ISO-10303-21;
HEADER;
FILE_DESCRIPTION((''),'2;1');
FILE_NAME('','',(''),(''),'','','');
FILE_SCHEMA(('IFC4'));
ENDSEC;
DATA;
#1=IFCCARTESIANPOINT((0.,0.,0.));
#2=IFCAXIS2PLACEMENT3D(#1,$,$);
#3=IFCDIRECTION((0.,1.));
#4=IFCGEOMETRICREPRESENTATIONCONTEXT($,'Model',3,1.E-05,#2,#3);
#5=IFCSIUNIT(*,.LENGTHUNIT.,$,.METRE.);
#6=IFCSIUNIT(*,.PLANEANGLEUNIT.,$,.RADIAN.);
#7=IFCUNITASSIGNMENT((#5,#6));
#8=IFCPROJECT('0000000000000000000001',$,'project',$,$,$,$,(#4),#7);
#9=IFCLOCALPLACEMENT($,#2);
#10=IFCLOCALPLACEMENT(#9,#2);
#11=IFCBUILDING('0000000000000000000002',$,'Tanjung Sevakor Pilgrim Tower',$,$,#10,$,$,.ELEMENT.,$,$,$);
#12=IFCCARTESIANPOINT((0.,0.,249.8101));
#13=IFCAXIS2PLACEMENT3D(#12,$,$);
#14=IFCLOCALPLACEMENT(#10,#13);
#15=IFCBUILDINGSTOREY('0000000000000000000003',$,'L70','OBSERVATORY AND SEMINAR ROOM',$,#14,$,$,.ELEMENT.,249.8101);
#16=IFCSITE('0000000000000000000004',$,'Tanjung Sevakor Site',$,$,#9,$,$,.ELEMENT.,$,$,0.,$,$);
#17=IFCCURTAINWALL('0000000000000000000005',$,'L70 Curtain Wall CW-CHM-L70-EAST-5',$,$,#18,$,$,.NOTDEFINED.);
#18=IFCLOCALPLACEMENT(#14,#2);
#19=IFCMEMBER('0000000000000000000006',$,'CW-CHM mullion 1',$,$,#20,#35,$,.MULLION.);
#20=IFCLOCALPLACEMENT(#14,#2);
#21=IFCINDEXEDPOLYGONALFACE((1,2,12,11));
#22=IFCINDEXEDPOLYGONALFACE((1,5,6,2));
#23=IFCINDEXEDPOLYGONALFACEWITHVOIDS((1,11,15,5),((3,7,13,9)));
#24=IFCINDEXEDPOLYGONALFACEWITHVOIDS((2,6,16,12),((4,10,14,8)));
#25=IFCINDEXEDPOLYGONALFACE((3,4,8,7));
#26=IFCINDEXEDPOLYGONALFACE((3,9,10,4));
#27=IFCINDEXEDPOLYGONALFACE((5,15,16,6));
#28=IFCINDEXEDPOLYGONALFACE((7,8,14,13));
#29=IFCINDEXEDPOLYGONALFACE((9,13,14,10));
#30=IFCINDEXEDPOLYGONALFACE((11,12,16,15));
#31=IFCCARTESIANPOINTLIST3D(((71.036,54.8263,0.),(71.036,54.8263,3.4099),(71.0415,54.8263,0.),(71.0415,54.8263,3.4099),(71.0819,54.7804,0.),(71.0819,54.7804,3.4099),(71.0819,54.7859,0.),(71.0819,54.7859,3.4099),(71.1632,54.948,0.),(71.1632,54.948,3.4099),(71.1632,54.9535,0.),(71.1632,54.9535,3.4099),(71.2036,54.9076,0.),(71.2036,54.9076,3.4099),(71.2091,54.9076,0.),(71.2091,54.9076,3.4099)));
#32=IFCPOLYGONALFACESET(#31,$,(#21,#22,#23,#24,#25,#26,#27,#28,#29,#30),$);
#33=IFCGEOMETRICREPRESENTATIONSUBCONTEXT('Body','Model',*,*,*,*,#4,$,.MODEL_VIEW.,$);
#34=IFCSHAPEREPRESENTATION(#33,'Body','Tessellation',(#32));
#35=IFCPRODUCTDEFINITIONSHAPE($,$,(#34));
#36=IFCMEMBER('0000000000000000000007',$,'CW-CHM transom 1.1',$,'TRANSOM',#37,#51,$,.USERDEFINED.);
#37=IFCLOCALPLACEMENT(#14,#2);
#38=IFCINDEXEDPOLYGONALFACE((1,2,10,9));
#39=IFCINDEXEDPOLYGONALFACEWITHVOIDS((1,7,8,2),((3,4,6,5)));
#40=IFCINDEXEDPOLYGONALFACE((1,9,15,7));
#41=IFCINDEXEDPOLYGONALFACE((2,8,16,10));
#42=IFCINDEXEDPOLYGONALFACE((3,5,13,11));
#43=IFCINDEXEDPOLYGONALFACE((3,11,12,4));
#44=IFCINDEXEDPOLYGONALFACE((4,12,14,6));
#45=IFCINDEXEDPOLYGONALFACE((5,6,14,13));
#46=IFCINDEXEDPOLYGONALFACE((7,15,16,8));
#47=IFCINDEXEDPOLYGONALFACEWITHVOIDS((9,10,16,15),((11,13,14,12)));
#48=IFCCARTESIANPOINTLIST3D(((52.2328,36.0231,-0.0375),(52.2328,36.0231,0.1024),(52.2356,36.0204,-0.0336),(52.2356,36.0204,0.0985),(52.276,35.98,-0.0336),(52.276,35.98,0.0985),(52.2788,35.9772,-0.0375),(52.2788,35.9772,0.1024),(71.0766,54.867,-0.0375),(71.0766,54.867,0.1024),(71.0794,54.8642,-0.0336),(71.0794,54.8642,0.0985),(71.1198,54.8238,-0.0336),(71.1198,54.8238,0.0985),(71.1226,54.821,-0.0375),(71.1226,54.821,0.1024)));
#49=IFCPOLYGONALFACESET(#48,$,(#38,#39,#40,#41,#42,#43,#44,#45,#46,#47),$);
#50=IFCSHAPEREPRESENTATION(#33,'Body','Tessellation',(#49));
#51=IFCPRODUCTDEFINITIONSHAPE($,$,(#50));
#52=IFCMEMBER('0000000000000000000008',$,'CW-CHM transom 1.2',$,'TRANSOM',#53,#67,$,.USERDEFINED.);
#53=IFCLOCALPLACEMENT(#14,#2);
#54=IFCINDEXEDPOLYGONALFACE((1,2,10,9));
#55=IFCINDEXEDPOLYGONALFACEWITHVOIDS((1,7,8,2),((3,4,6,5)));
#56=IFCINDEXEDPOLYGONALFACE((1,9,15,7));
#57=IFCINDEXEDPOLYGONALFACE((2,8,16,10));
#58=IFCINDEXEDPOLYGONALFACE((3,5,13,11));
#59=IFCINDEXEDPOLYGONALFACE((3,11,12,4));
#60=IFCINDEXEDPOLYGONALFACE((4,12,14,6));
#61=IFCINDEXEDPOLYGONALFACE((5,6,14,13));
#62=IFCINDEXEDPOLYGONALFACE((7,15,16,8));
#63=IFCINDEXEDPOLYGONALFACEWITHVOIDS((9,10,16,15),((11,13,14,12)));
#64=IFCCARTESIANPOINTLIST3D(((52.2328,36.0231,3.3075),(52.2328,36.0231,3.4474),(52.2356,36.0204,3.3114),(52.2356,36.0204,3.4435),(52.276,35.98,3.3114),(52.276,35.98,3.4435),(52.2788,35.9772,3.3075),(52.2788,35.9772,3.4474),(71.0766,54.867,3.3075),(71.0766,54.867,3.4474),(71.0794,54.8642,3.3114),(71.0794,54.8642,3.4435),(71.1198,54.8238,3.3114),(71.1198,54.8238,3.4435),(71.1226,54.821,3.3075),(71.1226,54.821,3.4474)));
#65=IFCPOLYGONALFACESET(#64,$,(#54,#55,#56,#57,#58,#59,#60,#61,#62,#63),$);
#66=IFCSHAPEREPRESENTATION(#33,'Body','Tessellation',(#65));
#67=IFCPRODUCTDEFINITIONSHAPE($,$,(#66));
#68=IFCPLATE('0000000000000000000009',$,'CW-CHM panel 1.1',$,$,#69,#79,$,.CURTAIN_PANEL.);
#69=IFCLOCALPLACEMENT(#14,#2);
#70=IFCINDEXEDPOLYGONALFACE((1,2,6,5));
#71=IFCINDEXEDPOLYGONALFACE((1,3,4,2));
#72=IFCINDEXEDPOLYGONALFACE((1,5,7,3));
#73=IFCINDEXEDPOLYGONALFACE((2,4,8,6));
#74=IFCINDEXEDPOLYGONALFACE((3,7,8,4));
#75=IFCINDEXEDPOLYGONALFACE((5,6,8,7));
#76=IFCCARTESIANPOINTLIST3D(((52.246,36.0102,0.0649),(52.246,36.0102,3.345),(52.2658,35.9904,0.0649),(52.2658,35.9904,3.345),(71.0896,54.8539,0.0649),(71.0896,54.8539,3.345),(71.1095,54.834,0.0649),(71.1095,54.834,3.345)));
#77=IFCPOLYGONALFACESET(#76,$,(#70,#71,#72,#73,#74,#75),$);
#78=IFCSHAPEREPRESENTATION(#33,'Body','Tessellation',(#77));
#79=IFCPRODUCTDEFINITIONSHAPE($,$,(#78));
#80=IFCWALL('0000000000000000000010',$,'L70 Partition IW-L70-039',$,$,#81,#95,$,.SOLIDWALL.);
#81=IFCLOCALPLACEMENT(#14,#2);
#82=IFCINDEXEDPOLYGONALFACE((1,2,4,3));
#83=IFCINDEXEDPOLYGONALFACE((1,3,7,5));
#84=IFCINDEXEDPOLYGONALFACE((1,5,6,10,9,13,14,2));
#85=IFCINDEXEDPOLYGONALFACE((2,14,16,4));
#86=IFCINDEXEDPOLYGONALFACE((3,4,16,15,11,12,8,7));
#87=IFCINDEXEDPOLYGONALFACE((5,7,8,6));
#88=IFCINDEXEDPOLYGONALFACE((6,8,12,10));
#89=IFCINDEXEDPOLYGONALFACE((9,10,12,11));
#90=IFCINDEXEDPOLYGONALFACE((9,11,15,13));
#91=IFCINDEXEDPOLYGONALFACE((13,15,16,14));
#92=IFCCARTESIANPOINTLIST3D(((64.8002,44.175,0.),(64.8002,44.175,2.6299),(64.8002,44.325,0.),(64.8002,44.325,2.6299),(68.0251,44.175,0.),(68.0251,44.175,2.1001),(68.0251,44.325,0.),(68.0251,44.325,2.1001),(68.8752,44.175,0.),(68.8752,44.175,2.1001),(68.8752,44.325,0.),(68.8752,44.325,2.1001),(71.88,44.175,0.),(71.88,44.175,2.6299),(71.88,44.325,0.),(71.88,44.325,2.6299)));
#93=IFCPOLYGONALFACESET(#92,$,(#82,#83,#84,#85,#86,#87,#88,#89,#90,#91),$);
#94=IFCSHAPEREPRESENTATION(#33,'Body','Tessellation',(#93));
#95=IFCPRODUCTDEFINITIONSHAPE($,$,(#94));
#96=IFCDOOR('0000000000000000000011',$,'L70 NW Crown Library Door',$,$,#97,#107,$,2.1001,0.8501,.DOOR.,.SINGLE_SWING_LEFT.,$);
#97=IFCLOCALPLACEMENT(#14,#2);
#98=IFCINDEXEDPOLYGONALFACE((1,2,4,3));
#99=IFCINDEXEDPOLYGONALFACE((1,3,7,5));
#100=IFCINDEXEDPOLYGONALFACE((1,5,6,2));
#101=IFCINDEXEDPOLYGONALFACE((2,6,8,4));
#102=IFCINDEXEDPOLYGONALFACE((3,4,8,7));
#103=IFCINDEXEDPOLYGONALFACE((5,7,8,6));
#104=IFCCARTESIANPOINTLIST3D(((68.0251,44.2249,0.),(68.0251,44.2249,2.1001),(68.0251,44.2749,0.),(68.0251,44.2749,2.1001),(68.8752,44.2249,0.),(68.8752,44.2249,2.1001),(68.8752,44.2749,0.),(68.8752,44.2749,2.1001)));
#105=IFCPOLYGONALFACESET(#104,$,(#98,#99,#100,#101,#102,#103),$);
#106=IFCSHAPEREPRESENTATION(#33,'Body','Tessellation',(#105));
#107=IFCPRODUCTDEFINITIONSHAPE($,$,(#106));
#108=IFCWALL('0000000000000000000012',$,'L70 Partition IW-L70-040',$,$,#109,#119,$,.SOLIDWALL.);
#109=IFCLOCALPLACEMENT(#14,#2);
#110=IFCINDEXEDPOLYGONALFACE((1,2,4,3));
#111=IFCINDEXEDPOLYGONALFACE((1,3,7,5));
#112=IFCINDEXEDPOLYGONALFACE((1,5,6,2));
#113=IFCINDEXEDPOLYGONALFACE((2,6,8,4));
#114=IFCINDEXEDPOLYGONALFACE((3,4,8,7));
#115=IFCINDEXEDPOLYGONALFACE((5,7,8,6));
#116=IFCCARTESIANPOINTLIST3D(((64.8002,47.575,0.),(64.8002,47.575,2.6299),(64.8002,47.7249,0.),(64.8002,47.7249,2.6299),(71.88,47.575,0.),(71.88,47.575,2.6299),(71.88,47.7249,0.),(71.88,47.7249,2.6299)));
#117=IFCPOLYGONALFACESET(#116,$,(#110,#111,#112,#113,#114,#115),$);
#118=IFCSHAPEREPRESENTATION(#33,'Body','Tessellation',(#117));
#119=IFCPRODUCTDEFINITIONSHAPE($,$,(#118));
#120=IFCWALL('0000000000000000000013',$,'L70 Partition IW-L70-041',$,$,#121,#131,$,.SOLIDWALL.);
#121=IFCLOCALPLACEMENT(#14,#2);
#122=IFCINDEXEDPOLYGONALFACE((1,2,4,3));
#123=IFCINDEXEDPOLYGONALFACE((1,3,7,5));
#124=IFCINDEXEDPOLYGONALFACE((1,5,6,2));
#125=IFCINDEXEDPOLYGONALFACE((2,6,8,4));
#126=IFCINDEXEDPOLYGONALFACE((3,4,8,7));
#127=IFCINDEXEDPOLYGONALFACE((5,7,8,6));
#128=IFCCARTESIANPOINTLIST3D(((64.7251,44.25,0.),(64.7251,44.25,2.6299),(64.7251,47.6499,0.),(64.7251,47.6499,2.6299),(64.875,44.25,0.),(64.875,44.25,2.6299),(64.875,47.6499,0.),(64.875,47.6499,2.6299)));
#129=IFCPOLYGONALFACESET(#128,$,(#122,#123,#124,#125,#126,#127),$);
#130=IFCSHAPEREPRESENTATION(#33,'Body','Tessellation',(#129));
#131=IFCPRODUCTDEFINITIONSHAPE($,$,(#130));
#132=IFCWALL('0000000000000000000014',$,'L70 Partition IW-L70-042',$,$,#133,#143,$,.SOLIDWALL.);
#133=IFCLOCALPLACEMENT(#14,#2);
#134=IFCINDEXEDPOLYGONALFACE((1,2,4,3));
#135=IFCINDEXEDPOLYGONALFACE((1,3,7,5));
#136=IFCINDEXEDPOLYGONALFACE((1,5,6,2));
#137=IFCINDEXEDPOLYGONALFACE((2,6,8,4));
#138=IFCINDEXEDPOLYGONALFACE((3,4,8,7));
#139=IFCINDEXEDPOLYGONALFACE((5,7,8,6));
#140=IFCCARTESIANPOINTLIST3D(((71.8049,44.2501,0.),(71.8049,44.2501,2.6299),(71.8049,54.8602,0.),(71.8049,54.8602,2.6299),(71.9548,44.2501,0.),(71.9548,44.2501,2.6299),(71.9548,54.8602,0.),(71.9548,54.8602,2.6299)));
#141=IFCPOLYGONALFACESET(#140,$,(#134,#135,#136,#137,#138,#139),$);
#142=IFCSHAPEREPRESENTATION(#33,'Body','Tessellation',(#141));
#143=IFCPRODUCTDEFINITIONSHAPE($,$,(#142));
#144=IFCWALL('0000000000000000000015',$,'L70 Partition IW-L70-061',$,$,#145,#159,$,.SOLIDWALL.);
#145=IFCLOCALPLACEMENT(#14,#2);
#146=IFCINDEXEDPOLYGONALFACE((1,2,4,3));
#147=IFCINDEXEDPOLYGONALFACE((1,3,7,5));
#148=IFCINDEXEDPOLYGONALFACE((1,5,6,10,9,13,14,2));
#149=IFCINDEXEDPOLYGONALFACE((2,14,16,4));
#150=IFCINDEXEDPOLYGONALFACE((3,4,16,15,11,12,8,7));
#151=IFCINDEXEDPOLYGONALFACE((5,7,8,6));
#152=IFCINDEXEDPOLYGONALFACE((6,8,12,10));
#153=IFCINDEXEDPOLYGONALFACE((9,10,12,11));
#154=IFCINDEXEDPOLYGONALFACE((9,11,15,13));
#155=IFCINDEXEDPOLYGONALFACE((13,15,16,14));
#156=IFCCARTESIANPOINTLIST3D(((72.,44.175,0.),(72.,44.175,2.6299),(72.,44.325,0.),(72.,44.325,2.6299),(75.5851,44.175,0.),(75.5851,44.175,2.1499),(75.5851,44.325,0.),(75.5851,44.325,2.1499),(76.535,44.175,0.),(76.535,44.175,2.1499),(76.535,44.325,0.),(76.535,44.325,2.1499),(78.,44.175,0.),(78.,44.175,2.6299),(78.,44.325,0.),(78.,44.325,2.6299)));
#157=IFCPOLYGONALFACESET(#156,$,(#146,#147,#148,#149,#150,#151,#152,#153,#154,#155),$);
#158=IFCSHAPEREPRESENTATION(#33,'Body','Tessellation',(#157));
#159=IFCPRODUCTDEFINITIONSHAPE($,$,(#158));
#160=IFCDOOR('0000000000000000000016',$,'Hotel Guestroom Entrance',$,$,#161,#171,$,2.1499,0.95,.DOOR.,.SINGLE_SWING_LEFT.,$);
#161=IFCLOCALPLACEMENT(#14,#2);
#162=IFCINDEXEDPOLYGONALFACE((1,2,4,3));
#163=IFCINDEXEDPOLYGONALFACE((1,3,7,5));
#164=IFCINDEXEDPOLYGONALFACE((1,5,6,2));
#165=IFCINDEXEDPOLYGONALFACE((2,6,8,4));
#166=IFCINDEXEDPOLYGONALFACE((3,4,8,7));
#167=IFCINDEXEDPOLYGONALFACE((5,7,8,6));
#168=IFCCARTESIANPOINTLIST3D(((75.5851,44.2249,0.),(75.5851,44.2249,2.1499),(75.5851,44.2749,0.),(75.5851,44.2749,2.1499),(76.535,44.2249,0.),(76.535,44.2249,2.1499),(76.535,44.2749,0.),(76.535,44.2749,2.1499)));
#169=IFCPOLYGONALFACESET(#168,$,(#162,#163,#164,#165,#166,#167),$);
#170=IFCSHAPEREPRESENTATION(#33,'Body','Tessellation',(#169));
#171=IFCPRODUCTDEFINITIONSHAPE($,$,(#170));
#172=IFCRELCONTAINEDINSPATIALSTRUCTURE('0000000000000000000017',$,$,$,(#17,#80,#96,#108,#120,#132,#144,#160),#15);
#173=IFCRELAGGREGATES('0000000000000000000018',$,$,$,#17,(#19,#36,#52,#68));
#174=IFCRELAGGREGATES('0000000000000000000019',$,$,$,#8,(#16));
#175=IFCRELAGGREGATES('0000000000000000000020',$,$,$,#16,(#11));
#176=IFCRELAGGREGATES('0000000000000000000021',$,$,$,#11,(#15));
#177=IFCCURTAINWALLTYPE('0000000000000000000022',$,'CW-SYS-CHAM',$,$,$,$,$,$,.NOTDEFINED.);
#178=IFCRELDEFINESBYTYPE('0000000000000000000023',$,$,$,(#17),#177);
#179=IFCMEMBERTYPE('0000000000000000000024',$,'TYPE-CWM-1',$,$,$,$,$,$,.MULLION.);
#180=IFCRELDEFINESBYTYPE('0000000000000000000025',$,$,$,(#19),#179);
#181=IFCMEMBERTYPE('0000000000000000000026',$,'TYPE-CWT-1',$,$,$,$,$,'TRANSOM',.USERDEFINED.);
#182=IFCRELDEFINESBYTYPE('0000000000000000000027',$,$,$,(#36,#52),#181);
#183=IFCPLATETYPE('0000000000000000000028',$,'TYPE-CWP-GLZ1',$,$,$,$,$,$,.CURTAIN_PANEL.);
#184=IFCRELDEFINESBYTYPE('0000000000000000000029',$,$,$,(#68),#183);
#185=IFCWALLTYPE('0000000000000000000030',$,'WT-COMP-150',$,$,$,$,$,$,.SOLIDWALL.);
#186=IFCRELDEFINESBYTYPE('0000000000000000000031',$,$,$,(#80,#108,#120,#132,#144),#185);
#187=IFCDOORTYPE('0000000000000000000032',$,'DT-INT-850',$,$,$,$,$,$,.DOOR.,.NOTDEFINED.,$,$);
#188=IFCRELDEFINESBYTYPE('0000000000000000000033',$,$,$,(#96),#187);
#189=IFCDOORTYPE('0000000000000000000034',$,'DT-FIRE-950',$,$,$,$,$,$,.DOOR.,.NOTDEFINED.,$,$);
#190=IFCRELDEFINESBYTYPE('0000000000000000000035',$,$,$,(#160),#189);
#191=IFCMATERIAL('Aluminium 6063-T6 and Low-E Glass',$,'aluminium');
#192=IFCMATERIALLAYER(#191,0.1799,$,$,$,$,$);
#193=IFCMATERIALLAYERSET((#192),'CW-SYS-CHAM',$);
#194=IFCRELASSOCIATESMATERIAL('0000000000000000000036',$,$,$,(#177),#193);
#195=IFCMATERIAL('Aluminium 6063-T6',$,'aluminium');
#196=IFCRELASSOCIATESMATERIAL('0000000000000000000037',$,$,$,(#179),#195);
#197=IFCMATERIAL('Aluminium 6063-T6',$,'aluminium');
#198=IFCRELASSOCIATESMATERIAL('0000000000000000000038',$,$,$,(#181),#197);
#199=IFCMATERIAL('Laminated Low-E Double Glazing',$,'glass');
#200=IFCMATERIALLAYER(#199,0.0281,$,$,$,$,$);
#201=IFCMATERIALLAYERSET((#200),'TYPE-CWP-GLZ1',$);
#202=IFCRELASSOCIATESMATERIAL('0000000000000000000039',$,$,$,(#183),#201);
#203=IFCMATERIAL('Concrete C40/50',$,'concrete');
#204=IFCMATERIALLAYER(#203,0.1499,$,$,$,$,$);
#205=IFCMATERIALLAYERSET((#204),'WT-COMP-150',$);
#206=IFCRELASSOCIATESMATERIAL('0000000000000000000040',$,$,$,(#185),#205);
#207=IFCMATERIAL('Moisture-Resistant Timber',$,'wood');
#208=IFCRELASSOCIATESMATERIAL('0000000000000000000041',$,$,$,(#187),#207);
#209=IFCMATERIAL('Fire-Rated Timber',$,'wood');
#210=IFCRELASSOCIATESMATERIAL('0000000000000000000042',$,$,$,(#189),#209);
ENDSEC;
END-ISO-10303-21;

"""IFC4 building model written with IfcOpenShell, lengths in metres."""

from ifc_helpers import new_model, si_unit, direction, frame, frame_2d, origin, origin_2d, place, context, subcontext, project, spatial, rectangle, hollow_rectangle, extrude, material, layer, layer_set, material_profile, profile_set, type_object, element, fill, aggregate, save


model = new_model("IFC4")

# Units and contexts
model_context = context("Model", 3, precision=1e-05, world=origin(), true_north=direction((0.0, 1.0)))
body_context = subcontext(model_context, "Body", "Model", "MODEL_VIEW")
ifc_project = project(units=[si_unit("LENGTHUNIT", "METRE"), si_unit("PLANEANGLEUNIT", "RADIAN")], contexts=[model_context])

# Site, building, storey
site_placement = place(None, origin())
site = spatial("IfcSite", under=ifc_project, at=site_placement, Name="Tanjung Sevakor Site", CompositionType="ELEMENT", RefElevation=0.0)
building_placement = place(site_placement, origin())
building = spatial("IfcBuilding", under=site, at=building_placement, Name="Tanjung Sevakor Pilgrim Tower", CompositionType="ELEMENT")
storey_placement = place(building_placement, frame((0.0, 0.0, 249.8101)))
storey = spatial("IfcBuildingStorey", under=building, at=storey_placement, Name="L70", Description="OBSERVATORY AND SEMINAR ROOM", CompositionType="ELEMENT", Elevation=249.8101)

# Curtain wall, members, plate
ifc_material_1 = material(Name="Aluminium 6063-T6 and Low-E Glass", Category="aluminium")
ifc_layer_1 = layer(ifc_material_1, 0.1799)
ifc_layer_set_1 = layer_set([ifc_layer_1], Name="CW-SYS-CHAM")
curtain_wall_type = type_object("IfcCurtainWallType", Name="CW-SYS-CHAM", PredefinedType="NOTDEFINED", material=ifc_layer_set_1)
curtain_wall_placement = place(storey_placement, origin())
curtain_wall = element("IfcCurtainWall", 1, at=curtain_wall_placement, inside=storey, type_object=curtain_wall_type, Name="L70 Curtain Wall CW-CHM-L70-EAST-5", PredefinedType="NOTDEFINED")
ifc_material_2 = material(Name="Aluminium 6063-T6", Category="aluminium")
ifc_material_profile_1 = material_profile(ifc_material_2, hollow_rectangle(XDim=0.0649, YDim=0.1799, WallThickness=0.0039, at=origin_2d()))
ifc_profile_set_1 = profile_set([ifc_material_profile_1], Name="Aluminium 6063-T6")
member_type_1 = type_object("IfcMemberType", Name="TYPE-CWM-1", PredefinedType="MULLION", material=ifc_profile_set_1)
member_1_placement = place(storey_placement, frame((71.1226, 54.8669, 0.0), z_axis=(0.0, 0.0, 1.0), x_axis=(0.707107, -0.707107, 0.0)))
member_1 = element("IfcMember", 2, at=member_1_placement, type_object=member_type_1, Name="CW-CHM mullion 1", PredefinedType="MULLION", context=body_context, shape_type="SweptSolid", body=[
    extrude(hollow_rectangle(XDim=0.0649, YDim=0.1799, WallThickness=0.0039, at=origin_2d()), origin(), (0.0, 0.0, 1.0), 3.4099),
])
ifc_material_3 = material(Name="Aluminium 6063-T6", Category="aluminium")
ifc_material_profile_2 = material_profile(ifc_material_3, hollow_rectangle(XDim=0.0649, YDim=0.1399, WallThickness=0.0039, at=origin_2d()))
ifc_profile_set_2 = profile_set([ifc_material_profile_2], Name="Aluminium 6063-T6")
member_type_2 = type_object("IfcMemberType", Name="TYPE-CWT-1", ElementType="TRANSOM", PredefinedType="USERDEFINED", material=ifc_profile_set_2)
member_2_placement = place(storey_placement, frame((71.0996, 54.844, 0.0325), z_axis=(-0.707107, -0.707107, 0.0), x_axis=(0.707107, -0.707107, 0.0)))
member_2 = element("IfcMember", 3, at=member_2_placement, type_object=member_type_2, Name="CW-CHM transom 1.1", ObjectType="TRANSOM", PredefinedType="USERDEFINED", context=body_context, shape_type="SweptSolid", body=[
    extrude(hollow_rectangle(XDim=0.0649, YDim=0.1399, WallThickness=0.0039, at=origin_2d()), origin(), (0.0, 0.0, 1.0), 26.6492),
])
member_3_placement = place(storey_placement, frame((71.0996, 54.844, 3.3774), z_axis=(-0.707107, -0.707107, 0.0), x_axis=(0.707107, -0.707107, 0.0)))
member_3 = element("IfcMember", 4, at=member_3_placement, type_object=member_type_2, Name="CW-CHM transom 1.2", ObjectType="TRANSOM", PredefinedType="USERDEFINED", context=body_context, shape_type="SweptSolid", body=[
    extrude(hollow_rectangle(XDim=0.0649, YDim=0.1399, WallThickness=0.0039, at=origin_2d()), origin(), (0.0, 0.0, 1.0), 26.6492),
])
ifc_material_4 = material(Name="Laminated Low-E Double Glazing", Category="glass")
ifc_layer_2 = layer(ifc_material_4, 0.0281)
ifc_layer_set_2 = layer_set([ifc_layer_2], Name="TYPE-CWP-GLZ1")
plate_type = type_object("IfcPlateType", Name="TYPE-CWP-GLZ1", PredefinedType="CURTAIN_PANEL", material=ifc_layer_set_2)
plate_placement = place(storey_placement, frame((61.6777, 45.4221, 0.0649), z_axis=(0.0, 0.0, 1.0), x_axis=(-0.707107, -0.707107, 0.0)))
plate = element("IfcPlate", 5, at=plate_placement, type_object=plate_type, Name="CW-CHM panel 1.1", PredefinedType="CURTAIN_PANEL", context=body_context, shape_type="SweptSolid", body=[
    extrude(rectangle(XDim=26.6489, YDim=0.0281, at=origin_2d()), origin(), (0.0, 0.0, 1.0), 3.28),
])
aggregate(curtain_wall, [member_1, member_2, member_3, plate])

# Wall, opening, door
ifc_material_5 = material(Name="Concrete C40/50", Category="concrete")
ifc_layer_3 = layer(ifc_material_5, 0.1499)
ifc_layer_set_3 = layer_set([ifc_layer_3], Name="WT-COMP-150")
wall_type_1 = type_object("IfcWallType", Name="WT-COMP-150", PredefinedType="SOLIDWALL", material=ifc_layer_set_3)
wall_1_placement = place(storey_placement, frame((64.8, 44.25, 0.0), z_axis=(0.0, 0.0, 1.0), x_axis=(1.0, 0.0, 0.0)))
wall_1 = element("IfcWall", 6, at=wall_1_placement, inside=storey, type_object=wall_type_1, Name="L70 Partition IW-L70-039", PredefinedType="SOLIDWALL", context=body_context, shape_type="SweptSolid", body=[
    extrude(rectangle(XDim=7.0798, YDim=0.1499, at=frame_2d((3.54, 0.0))), origin(), (0.0, 0.0, 1.0), 2.6299),
])
opening_1_placement = place(wall_1_placement, frame((3.2251, 0.0, 0.0)))
opening_1 = element("IfcOpeningElement", 7, at=opening_1_placement, cuts=wall_1, PredefinedType="OPENING", context=body_context, shape_type="SweptSolid", body=[
    extrude(rectangle(XDim=0.8501, YDim=2.1001, at=frame_2d((0.425, 1.05))), frame((0.0, 0.085, 0.0), z_axis=(0.0, -1.0, 0.0), x_axis=(1.0, 0.0, 0.0)), (0.0, 0.0, 1.0), 0.1699),
])
ifc_material_6 = material(Name="Moisture-Resistant Timber", Category="wood")
door_type_1 = type_object("IfcDoorType", Name="DT-INT-850", OperationType="NOTDEFINED", PredefinedType="DOOR", material=ifc_material_6)
door_1_placement = place(opening_1_placement, origin())
door_1 = element("IfcDoor", 8, at=door_1_placement, inside=storey, type_object=door_type_1, Name="L70 NW Crown Library Door", OperationType="SINGLE_SWING_LEFT", OverallHeight=2.1001, OverallWidth=0.8501, PredefinedType="DOOR", context=body_context, shape_type="SweptSolid", body=[
    extrude(rectangle(XDim=0.8501, YDim=2.1001, at=frame_2d((0.425, 1.05))), frame((0.0, 0.0249, 0.0), z_axis=(0.0, -1.0, 0.0), x_axis=(1.0, 0.0, 0.0)), (0.0, 0.0, 1.0), 0.05),
])
fill(opening_1, door_1)

# Walls
wall_2_placement = place(storey_placement, frame((64.8, 47.6499, 0.0), z_axis=(0.0, 0.0, 1.0), x_axis=(1.0, 0.0, 0.0)))
element("IfcWall", 9, at=wall_2_placement, inside=storey, type_object=wall_type_1, Name="L70 Partition IW-L70-040", PredefinedType="SOLIDWALL", context=body_context, shape_type="SweptSolid", body=[
    extrude(rectangle(XDim=7.0798, YDim=0.1499, at=frame_2d((3.54, 0.0))), origin(), (0.0, 0.0, 1.0), 2.6299),
])
wall_3_placement = place(storey_placement, frame((64.8, 44.25, 0.0), z_axis=(0.0, 0.0, 1.0), x_axis=(0.0, 1.0, 0.0)))
element("IfcWall", 10, at=wall_3_placement, inside=storey, type_object=wall_type_1, Name="L70 Partition IW-L70-041", PredefinedType="SOLIDWALL", context=body_context, shape_type="SweptSolid", body=[
    extrude(rectangle(XDim=3.3999, YDim=0.1499, at=frame_2d((1.7, 0.0))), origin(), (0.0, 0.0, 1.0), 2.6299),
])
wall_4_placement = place(storey_placement, frame((71.8799, 44.25, 0.0), z_axis=(0.0, 0.0, 1.0), x_axis=(0.0, 1.0, 0.0)))
element("IfcWall", 11, at=wall_4_placement, inside=storey, type_object=wall_type_1, Name="L70 Partition IW-L70-042", PredefinedType="SOLIDWALL", context=body_context, shape_type="SweptSolid", body=[
    extrude(rectangle(XDim=10.6101, YDim=0.1499, at=frame_2d((5.3052, 0.0))), origin(), (0.0, 0.0, 1.0), 2.6299),
])

# Wall, opening, door
wall_5_placement = place(storey_placement, frame((72.0, 44.25, 0.0), z_axis=(0.0, 0.0, 1.0), x_axis=(1.0, 0.0, 0.0)))
wall_5 = element("IfcWall", 12, at=wall_5_placement, inside=storey, type_object=wall_type_1, Name="L70 Partition IW-L70-061", PredefinedType="SOLIDWALL", context=body_context, shape_type="SweptSolid", body=[
    extrude(rectangle(XDim=6.0, YDim=0.1499, at=frame_2d((3.0, 0.0))), origin(), (0.0, 0.0, 1.0), 2.6299),
])
opening_2_placement = place(wall_5_placement, frame((3.585, 0.0, 0.0)))
opening_2 = element("IfcOpeningElement", 13, at=opening_2_placement, cuts=wall_5, PredefinedType="OPENING", context=body_context, shape_type="SweptSolid", body=[
    extrude(rectangle(XDim=0.95, YDim=2.1499, at=frame_2d((0.4751, 1.075))), frame((0.0, 0.085, 0.0), z_axis=(0.0, -1.0, 0.0), x_axis=(1.0, 0.0, 0.0)), (0.0, 0.0, 1.0), 0.1699),
])
ifc_material_7 = material(Name="Fire-Rated Timber", Category="wood")
door_type_2 = type_object("IfcDoorType", Name="DT-FIRE-950", OperationType="NOTDEFINED", PredefinedType="DOOR", material=ifc_material_7)
door_2_placement = place(opening_2_placement, origin())
door_2 = element("IfcDoor", 14, at=door_2_placement, inside=storey, type_object=door_type_2, Name="Hotel Guestroom Entrance", OperationType="SINGLE_SWING_LEFT", OverallHeight=2.1499, OverallWidth=0.95, PredefinedType="DOOR", context=body_context, shape_type="SweptSolid", body=[
    extrude(rectangle(XDim=0.95, YDim=2.1499, at=frame_2d((0.4751, 1.075))), frame((0.0, 0.0249, 0.0), z_axis=(0.0, -1.0, 0.0), x_axis=(1.0, 0.0, 0.0)), (0.0, 0.0, 1.0), 0.05),
])
fill(opening_2, door_2)

save(model, "model.ifc")
